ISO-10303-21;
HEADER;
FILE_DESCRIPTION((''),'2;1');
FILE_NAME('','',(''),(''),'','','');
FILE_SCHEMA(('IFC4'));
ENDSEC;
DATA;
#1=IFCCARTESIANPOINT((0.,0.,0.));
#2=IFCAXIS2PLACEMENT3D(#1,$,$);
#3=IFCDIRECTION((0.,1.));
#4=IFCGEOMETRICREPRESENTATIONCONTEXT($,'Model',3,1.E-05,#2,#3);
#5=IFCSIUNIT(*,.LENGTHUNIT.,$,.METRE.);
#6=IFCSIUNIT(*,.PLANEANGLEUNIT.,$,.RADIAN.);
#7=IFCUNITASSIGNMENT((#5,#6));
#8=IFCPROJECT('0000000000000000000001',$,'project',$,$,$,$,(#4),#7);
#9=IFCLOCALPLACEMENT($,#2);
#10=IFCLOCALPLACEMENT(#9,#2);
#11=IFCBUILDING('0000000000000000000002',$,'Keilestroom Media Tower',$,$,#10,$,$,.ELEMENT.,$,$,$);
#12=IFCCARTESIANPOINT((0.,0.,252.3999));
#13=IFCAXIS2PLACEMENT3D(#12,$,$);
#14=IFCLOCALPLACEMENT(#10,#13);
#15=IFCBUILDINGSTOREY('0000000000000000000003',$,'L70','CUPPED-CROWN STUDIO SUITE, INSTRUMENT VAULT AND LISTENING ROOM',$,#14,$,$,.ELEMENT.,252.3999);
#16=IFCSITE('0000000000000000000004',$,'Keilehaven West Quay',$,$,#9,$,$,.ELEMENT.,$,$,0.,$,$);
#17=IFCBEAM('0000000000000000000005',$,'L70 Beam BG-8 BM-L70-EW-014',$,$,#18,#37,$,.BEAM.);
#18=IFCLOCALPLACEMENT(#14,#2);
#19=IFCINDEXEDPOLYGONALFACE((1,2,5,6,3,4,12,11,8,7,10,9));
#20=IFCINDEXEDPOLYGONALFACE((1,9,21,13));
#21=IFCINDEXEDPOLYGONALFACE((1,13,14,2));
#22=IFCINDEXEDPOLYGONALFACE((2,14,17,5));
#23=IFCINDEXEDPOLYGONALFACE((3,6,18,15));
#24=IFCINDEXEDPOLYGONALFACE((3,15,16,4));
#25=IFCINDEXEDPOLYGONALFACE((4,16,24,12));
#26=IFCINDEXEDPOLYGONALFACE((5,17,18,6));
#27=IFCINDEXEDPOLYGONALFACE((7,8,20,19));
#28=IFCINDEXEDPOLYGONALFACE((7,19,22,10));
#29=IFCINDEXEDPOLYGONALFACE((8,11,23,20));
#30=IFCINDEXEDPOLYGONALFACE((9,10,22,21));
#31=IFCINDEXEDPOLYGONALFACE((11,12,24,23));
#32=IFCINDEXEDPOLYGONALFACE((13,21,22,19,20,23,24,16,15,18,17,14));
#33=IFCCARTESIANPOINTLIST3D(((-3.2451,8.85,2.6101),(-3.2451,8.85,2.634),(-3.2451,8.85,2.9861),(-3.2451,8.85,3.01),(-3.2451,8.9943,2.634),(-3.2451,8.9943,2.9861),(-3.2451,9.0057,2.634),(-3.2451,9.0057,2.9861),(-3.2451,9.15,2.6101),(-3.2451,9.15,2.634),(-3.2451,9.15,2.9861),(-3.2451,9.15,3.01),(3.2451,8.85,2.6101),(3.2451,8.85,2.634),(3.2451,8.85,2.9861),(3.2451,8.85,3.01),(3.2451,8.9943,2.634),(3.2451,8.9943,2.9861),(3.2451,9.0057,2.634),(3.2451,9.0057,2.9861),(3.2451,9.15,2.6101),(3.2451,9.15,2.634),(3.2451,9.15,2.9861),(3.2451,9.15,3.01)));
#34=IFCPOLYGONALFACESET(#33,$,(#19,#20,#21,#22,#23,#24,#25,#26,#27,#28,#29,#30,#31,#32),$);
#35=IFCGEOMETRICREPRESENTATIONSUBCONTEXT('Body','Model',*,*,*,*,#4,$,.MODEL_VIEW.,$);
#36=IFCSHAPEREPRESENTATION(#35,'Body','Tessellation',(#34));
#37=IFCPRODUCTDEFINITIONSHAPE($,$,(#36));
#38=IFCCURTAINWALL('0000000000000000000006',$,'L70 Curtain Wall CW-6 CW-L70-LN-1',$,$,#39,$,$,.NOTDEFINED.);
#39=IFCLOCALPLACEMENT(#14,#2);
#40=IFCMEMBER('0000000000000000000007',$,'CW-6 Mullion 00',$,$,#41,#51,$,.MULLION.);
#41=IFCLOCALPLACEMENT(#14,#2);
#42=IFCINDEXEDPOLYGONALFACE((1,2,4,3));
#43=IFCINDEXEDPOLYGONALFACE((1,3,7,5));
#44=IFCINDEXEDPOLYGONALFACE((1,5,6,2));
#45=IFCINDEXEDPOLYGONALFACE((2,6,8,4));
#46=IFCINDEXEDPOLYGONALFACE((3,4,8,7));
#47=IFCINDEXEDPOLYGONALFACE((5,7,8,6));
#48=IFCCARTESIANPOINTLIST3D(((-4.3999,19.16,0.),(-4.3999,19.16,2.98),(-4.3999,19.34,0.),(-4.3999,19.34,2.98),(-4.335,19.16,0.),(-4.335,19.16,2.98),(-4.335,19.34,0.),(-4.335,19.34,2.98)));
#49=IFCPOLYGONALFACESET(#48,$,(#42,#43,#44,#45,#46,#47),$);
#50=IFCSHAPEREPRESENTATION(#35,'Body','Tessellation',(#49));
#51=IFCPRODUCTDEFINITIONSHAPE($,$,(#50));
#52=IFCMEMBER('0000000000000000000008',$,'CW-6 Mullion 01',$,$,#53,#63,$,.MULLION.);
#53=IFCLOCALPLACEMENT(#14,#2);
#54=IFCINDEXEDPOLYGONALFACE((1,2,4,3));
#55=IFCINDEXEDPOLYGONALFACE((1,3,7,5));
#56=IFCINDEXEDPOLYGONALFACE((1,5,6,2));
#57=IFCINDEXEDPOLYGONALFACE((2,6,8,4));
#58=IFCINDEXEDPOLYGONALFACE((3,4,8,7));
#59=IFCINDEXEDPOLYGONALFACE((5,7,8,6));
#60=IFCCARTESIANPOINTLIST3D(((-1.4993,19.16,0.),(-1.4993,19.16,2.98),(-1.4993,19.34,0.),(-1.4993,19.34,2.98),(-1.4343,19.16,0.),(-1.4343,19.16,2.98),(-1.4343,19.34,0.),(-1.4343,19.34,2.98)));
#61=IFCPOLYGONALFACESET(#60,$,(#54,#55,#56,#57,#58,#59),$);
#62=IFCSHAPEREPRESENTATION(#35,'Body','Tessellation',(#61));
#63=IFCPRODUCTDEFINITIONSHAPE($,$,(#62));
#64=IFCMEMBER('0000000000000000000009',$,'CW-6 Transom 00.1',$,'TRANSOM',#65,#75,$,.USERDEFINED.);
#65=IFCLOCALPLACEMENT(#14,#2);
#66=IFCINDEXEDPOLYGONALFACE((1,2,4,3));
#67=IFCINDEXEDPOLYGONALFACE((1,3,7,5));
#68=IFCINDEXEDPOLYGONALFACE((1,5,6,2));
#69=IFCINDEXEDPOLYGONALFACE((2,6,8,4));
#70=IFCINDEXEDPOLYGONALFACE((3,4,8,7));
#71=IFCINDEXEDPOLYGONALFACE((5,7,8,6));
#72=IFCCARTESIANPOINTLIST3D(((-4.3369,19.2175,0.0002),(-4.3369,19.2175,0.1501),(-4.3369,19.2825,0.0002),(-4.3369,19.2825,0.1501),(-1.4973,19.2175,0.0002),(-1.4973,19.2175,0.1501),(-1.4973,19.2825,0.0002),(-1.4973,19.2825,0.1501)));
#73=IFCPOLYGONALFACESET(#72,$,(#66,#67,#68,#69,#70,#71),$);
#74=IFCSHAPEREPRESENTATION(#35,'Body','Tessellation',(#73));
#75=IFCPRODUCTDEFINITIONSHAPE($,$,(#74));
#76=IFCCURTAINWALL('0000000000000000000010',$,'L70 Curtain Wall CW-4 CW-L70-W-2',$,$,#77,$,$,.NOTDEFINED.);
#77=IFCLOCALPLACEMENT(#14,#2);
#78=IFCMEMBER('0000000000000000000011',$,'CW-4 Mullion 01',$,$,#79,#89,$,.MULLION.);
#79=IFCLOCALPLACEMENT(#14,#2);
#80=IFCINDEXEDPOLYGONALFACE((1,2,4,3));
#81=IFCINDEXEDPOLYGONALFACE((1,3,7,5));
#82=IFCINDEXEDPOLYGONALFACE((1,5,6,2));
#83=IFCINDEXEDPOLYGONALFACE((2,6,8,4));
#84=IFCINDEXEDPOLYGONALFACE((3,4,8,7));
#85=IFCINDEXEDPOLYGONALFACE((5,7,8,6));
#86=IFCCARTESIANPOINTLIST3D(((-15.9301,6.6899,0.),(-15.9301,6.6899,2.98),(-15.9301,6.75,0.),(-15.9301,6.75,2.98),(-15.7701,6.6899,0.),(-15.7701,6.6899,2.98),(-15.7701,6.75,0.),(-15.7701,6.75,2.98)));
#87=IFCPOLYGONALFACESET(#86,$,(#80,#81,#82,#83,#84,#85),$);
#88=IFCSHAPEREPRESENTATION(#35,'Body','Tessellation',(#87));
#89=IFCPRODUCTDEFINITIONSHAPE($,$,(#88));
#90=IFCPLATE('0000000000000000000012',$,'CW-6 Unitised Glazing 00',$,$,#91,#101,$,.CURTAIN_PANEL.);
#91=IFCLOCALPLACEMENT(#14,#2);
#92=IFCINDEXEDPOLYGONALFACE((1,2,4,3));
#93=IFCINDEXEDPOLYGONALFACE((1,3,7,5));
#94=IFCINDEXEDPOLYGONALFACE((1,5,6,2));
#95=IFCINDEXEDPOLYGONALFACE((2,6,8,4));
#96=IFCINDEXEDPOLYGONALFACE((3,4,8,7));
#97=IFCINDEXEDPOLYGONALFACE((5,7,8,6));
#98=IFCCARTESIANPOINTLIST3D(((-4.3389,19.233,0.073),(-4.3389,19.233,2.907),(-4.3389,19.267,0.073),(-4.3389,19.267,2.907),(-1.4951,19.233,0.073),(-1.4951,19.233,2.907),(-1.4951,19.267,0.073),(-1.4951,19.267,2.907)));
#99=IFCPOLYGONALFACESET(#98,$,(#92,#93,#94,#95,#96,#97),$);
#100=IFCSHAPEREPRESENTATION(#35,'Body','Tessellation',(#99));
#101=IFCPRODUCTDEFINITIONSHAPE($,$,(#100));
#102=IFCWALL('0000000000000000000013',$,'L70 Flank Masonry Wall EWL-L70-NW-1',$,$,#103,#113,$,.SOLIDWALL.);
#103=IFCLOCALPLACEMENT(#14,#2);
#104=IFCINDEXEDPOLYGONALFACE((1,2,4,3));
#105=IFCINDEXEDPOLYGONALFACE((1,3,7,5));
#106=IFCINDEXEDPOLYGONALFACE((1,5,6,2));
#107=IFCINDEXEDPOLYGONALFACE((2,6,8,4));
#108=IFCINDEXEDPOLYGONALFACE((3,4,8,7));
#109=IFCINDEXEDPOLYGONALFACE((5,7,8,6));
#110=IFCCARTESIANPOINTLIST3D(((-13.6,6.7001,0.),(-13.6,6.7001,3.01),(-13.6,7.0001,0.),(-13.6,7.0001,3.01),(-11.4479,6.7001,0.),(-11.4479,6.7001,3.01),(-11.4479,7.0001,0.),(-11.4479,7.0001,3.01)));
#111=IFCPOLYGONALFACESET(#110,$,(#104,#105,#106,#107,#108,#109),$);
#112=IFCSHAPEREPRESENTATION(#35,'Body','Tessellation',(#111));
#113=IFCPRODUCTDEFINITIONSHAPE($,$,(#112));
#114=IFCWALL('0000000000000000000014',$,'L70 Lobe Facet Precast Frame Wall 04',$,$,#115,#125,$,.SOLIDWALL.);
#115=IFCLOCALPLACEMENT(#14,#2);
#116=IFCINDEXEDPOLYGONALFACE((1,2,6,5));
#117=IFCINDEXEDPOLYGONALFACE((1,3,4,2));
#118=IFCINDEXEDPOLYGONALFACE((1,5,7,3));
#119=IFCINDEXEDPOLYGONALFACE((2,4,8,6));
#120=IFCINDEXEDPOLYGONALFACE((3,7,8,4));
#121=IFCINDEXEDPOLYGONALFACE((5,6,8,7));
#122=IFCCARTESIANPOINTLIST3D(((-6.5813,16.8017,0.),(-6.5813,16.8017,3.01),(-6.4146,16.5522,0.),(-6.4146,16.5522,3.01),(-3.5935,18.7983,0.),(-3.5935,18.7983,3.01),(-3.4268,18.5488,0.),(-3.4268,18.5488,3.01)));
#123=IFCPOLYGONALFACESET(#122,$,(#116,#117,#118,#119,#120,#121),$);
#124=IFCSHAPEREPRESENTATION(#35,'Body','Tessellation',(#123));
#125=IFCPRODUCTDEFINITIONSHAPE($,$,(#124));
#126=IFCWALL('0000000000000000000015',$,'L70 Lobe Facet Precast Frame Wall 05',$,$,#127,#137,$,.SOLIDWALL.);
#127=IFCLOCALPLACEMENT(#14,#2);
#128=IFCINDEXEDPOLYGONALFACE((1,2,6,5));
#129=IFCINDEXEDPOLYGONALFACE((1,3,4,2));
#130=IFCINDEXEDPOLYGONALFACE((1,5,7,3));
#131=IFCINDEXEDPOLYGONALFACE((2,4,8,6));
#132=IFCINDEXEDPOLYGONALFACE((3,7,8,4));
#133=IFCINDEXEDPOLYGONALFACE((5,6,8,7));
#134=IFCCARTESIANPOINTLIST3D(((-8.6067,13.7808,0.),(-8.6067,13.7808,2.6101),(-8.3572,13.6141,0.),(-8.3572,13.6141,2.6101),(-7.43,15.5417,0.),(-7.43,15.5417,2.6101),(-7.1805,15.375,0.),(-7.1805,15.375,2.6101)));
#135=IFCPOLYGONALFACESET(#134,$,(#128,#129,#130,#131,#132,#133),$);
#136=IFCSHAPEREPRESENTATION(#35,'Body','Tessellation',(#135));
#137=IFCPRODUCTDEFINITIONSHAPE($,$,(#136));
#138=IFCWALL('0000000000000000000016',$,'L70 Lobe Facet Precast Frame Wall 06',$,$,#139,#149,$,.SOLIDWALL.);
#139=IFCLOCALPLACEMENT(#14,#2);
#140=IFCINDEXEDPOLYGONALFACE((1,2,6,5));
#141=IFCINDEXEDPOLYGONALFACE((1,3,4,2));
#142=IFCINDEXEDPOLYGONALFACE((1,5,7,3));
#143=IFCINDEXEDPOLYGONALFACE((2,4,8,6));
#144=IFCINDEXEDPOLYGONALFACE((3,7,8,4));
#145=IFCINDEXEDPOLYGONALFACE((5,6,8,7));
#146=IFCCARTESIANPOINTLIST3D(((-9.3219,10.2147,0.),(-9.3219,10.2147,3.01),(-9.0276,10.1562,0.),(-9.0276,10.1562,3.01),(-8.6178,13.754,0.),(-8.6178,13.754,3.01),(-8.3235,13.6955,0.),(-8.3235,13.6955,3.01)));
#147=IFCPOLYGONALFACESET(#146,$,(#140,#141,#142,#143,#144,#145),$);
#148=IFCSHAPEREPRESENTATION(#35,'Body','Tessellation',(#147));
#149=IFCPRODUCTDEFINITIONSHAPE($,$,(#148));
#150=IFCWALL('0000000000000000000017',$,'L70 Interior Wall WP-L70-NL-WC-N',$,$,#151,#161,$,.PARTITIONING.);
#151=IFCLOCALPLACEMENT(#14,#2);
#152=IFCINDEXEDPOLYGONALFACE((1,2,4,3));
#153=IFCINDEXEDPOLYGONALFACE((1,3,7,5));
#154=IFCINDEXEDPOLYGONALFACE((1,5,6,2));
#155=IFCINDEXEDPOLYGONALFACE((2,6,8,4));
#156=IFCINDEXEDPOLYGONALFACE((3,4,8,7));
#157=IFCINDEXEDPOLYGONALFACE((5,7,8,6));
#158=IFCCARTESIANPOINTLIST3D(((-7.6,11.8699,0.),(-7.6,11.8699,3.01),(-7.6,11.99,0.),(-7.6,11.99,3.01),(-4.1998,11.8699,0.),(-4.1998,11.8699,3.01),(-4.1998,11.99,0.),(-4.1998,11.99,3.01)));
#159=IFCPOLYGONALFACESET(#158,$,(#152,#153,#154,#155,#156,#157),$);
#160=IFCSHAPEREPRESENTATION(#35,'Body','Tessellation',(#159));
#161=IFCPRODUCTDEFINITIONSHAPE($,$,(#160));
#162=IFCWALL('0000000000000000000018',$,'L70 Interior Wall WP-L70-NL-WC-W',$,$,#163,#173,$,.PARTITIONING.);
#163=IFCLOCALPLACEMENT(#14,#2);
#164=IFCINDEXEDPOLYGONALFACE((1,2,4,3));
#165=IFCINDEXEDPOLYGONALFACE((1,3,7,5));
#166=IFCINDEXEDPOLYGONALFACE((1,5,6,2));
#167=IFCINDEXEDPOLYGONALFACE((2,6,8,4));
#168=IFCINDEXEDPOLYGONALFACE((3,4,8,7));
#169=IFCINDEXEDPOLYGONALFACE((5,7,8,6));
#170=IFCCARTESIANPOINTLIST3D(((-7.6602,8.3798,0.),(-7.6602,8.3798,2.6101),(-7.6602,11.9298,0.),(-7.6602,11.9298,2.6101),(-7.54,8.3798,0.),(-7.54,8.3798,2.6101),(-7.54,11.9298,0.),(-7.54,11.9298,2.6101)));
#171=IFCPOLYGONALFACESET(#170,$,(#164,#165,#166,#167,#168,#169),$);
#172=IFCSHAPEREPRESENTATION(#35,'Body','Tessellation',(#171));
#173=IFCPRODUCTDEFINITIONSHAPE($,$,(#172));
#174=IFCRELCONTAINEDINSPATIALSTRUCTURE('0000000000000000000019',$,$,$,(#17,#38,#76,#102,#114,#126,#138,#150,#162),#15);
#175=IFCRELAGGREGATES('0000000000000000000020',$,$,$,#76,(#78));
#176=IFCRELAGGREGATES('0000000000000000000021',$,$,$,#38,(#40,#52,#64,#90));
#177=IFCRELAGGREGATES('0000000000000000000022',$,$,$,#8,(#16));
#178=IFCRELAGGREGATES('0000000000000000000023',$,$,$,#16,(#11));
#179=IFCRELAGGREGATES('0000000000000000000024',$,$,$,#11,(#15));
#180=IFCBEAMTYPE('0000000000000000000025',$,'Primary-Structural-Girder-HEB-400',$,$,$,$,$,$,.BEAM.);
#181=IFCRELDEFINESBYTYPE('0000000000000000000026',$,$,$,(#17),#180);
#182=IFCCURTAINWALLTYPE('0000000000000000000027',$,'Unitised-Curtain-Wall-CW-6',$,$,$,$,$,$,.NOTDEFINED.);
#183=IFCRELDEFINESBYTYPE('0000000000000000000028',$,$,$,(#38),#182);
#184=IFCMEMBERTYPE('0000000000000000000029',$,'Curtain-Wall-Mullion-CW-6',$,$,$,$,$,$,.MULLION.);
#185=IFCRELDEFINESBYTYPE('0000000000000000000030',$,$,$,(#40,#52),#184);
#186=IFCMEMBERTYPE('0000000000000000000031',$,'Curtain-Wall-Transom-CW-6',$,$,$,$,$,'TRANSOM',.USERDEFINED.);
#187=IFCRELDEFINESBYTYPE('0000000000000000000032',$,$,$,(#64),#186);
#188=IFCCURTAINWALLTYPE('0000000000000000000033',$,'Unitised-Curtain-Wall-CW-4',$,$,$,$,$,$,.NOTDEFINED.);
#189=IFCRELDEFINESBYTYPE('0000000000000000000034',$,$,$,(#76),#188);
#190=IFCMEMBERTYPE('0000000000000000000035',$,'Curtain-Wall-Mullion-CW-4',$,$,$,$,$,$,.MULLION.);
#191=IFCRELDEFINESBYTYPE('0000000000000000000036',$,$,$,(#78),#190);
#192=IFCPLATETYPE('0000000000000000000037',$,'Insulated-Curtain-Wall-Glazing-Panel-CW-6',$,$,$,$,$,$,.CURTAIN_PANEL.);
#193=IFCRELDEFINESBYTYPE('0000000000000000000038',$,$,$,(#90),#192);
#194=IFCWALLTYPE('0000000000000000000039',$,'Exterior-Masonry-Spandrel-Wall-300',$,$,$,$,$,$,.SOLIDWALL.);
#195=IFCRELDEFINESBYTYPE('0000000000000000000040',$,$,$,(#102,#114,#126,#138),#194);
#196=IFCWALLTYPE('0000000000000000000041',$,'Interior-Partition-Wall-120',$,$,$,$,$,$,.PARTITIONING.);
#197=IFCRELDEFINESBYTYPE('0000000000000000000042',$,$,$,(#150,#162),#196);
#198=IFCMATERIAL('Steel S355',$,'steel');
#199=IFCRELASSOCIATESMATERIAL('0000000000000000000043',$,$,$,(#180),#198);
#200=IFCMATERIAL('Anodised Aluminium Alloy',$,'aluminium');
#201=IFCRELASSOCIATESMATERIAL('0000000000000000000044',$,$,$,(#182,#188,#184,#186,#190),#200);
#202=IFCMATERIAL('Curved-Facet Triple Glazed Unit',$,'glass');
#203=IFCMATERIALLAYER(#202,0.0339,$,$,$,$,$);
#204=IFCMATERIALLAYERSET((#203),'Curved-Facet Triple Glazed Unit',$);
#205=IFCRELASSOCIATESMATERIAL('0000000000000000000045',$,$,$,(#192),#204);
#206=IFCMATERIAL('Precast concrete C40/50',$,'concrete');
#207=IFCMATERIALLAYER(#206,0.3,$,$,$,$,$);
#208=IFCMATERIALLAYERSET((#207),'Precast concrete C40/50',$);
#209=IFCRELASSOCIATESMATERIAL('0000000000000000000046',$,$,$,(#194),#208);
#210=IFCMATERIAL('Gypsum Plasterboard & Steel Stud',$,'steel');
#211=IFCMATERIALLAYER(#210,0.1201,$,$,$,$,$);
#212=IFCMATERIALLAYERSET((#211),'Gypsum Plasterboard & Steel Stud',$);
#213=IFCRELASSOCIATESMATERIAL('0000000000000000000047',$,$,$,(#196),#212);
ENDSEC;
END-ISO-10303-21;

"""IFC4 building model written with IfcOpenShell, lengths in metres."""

from ifc_helpers import new_model, si_unit, direction, frame, frame_2d, origin, origin_2d, place, context, subcontext, project, spatial, rectangle, i_section, extrude, source, transform, mapped, material, layer, layer_set, material_profile, profile_set, type_object, element, aggregate, save


model = new_model("IFC4")

# Units and contexts
model_context = context("Model", 3, precision=1e-05, world=origin(), true_north=direction((0.0, 1.0)))
body_context = subcontext(model_context, "Body", "Model", "MODEL_VIEW")
ifc_project = project(units=[si_unit("LENGTHUNIT", "METRE"), si_unit("PLANEANGLEUNIT", "RADIAN")], contexts=[model_context])

# Site, building, storey
site_placement = place(None, origin())
site = spatial("IfcSite", under=ifc_project, at=site_placement, Name="Keilehaven West Quay", CompositionType="ELEMENT", RefElevation=0.0)
building_placement = place(site_placement, origin())
building = spatial("IfcBuilding", under=site, at=building_placement, Name="Keilestroom Media Tower", CompositionType="ELEMENT")
storey_placement = place(building_placement, frame((0.0, 0.0, 252.3999)))
storey = spatial("IfcBuildingStorey", under=building, at=storey_placement, Name="L70", Description="CUPPED-CROWN STUDIO SUITE, INSTRUMENT VAULT AND LISTENING ROOM", CompositionType="ELEMENT", Elevation=252.3999)

# Shared definitions
ifc_material_1 = material(Name="Steel S355", Category="steel")

# Beam
ifc_material_profile_1 = material_profile(ifc_material_1, i_section(OverallWidth=0.3, OverallDepth=0.3999, WebThickness=0.0115, FlangeThickness=0.0239, at=origin_2d()), Name="HEB 400")
ifc_profile_set_1 = profile_set([ifc_material_profile_1], Name="Steel S355")
beam_type = type_object("IfcBeamType", Name="Primary-Structural-Girder-HEB-400", PredefinedType="BEAM", material=ifc_profile_set_1)
shared_shape_1 = source(origin(), body_context, "Body", "SweptSolid", [
    extrude(i_section(OverallWidth=0.3, OverallDepth=0.3999, WebThickness=0.0115, FlangeThickness=0.0239, at=origin_2d()), origin(), (0.0, 0.0, 1.0), 6.4902),
])
beam_1_placement = place(storey_placement, frame((-3.2451, 9.0, 2.8101), z_axis=(1.0, 0.0, 0.0), x_axis=(0.0, 1.0, 0.0)))
element("IfcBeam", 1, at=beam_1_placement, inside=storey, type_object=beam_type, Name="L70 Beam BG-8 BM-L70-EW-014", PredefinedType="BEAM", context=body_context, shape_type="MappedRepresentation", body=[
    mapped(shared_shape_1, transform((0.0, 0.0, 0.0), x_axis=(1.0, 0.0, 0.0), y_axis=(0.0, 1.0, 0.0), z_axis=(0.0, 0.0, 1.0), scale=1.0)),
])

# Curtain wall, members
ifc_material_2 = material(Name="Anodised Aluminium Alloy", Category="aluminium")
curtain_wall_type_1 = type_object("IfcCurtainWallType", Name="Unitised-Curtain-Wall-CW-6", PredefinedType="NOTDEFINED", material=ifc_material_2)
curtain_wall_1_placement = place(storey_placement, origin())
curtain_wall_1 = element("IfcCurtainWall", 2, at=curtain_wall_1_placement, inside=storey, type_object=curtain_wall_type_1, Name="L70 Curtain Wall CW-6 CW-L70-LN-1", PredefinedType="NOTDEFINED")
ifc_material_profile_2 = material_profile(ifc_material_2, rectangle(XDim=0.0649, YDim=0.1799, at=origin_2d()), Name="ALU MULLION 65x180")
ifc_profile_set_2 = profile_set([ifc_material_profile_2], Name="Anodised Aluminium Alloy")
member_type_1 = type_object("IfcMemberType", Name="Curtain-Wall-Mullion-CW-6", PredefinedType="MULLION", material=ifc_profile_set_2)
shared_shape_2 = source(origin(), body_context, "Body", "SweptSolid", [
    extrude(rectangle(XDim=0.0649, YDim=0.1799, at=origin_2d()), origin(), (0.0, 0.0, 1.0), 2.98),
])
member_1_placement = place(storey_placement, frame((-4.3674, 19.25, 0.0), z_axis=(0.0, 0.0, 1.0), x_axis=(1.0, 0.0, 0.0)))
member_1 = element("IfcMember", 3, at=member_1_placement, type_object=member_type_1, Name="CW-6 Mullion 00", PredefinedType="MULLION", context=body_context, shape_type="MappedRepresentation", body=[
    mapped(shared_shape_2, transform((0.0, 0.0, 0.0), x_axis=(1.0, 0.0, 0.0), y_axis=(0.0, 1.0, 0.0), z_axis=(0.0, 0.0, 1.0), scale=1.0)),
])
member_2_placement = place(storey_placement, frame((-1.4668, 19.25, 0.0), z_axis=(0.0, 0.0, 1.0), x_axis=(1.0, 0.0, 0.0)))
member_2 = element("IfcMember", 4, at=member_2_placement, type_object=member_type_1, Name="CW-6 Mullion 01", PredefinedType="MULLION", context=body_context, shape_type="MappedRepresentation", body=[
    mapped(shared_shape_2, transform((0.0, 0.0, 0.0), x_axis=(1.0, 0.0, 0.0), y_axis=(0.0, 1.0, 0.0), z_axis=(0.0, 0.0, 1.0), scale=1.0)),
])
ifc_material_profile_3 = material_profile(ifc_material_2, rectangle(XDim=0.0649, YDim=0.1499, at=origin_2d()), Name="ALU TRANSOM 65x150")
ifc_profile_set_3 = profile_set([ifc_material_profile_3], Name="Anodised Aluminium Alloy")
member_type_2 = type_object("IfcMemberType", Name="Curtain-Wall-Transom-CW-6", ElementType="TRANSOM", PredefinedType="USERDEFINED", material=ifc_profile_set_3)
shared_shape_3 = source(origin(), body_context, "Body", "SweptSolid", [
    extrude(rectangle(XDim=0.0649, YDim=0.1499, at=origin_2d()), origin(), (0.0, 0.0, 1.0), 2.8396),
])
member_3_placement = place(storey_placement, frame((-4.3369, 19.25, 0.0752), z_axis=(1.0, 0.0, 0.0), x_axis=(0.0, 1.0, 0.0)))
member_3 = element("IfcMember", 5, at=member_3_placement, type_object=member_type_2, Name="CW-6 Transom 00.1", ObjectType="TRANSOM", PredefinedType="USERDEFINED", context=body_context, shape_type="MappedRepresentation", body=[
    mapped(shared_shape_3, transform((0.0, 0.0, 0.0), x_axis=(1.0, 0.0, 0.0), y_axis=(0.0, 1.0, 0.0), z_axis=(0.0, 0.0, 1.0), scale=1.0)),
])

# Curtain wall, member
curtain_wall_type_2 = type_object("IfcCurtainWallType", Name="Unitised-Curtain-Wall-CW-4", PredefinedType="NOTDEFINED", material=ifc_material_2)
curtain_wall_2_placement = place(storey_placement, origin())
curtain_wall_2 = element("IfcCurtainWall", 6, at=curtain_wall_2_placement, inside=storey, type_object=curtain_wall_type_2, Name="L70 Curtain Wall CW-4 CW-L70-W-2", PredefinedType="NOTDEFINED")
ifc_material_profile_4 = material_profile(ifc_material_2, rectangle(XDim=0.0601, YDim=0.1599, at=origin_2d()), Name="ALU MULLION 60x160")
ifc_profile_set_4 = profile_set([ifc_material_profile_4], Name="Anodised Aluminium Alloy")
member_type_3 = type_object("IfcMemberType", Name="Curtain-Wall-Mullion-CW-4", PredefinedType="MULLION", material=ifc_profile_set_4)
shared_shape_4 = source(origin(), body_context, "Body", "SweptSolid", [
    extrude(rectangle(XDim=0.0601, YDim=0.1599, at=origin_2d()), origin(), (0.0, 0.0, 1.0), 2.98),
])
member_4_placement = place(storey_placement, frame((-15.8501, 6.72, 0.0), z_axis=(0.0, 0.0, 1.0), x_axis=(0.0, 1.0, 0.0)))
member_4 = element("IfcMember", 7, at=member_4_placement, type_object=member_type_3, Name="CW-4 Mullion 01", PredefinedType="MULLION", context=body_context, shape_type="MappedRepresentation", body=[
    mapped(shared_shape_4, transform((0.0, 0.0, 0.0), x_axis=(1.0, 0.0, 0.0), y_axis=(0.0, 1.0, 0.0), z_axis=(0.0, 0.0, 1.0), scale=1.0)),
])
aggregate(curtain_wall_2, [member_4])

# Plate
ifc_material_3 = material(Name="Curved-Facet Triple Glazed Unit", Category="glass")
ifc_layer_1 = layer(ifc_material_3, 0.0339)
ifc_layer_set_1 = layer_set([ifc_layer_1], Name="Curved-Facet Triple Glazed Unit")
plate_type = type_object("IfcPlateType", Name="Insulated-Curtain-Wall-Glazing-Panel-CW-6", PredefinedType="CURTAIN_PANEL", material=ifc_layer_set_1)
shared_shape_5 = source(origin(), body_context, "Body", "SweptSolid", [
    extrude(rectangle(XDim=2.8438, YDim=0.0339, at=origin_2d()), origin(), (0.0, 0.0, 1.0), 2.834),
])
plate_placement = place(storey_placement, frame((-2.917, 19.25, 0.073), z_axis=(0.0, 0.0, 1.0), x_axis=(1.0, 0.0, 0.0)))
plate = element("IfcPlate", 8, at=plate_placement, type_object=plate_type, Name="CW-6 Unitised Glazing 00", PredefinedType="CURTAIN_PANEL", context=body_context, shape_type="MappedRepresentation", body=[
    mapped(shared_shape_5, transform((0.0, 0.0, 0.0), x_axis=(1.0, 0.0, 0.0), y_axis=(0.0, 1.0, 0.0), z_axis=(0.0, 0.0, 1.0), scale=1.0)),
])
aggregate(curtain_wall_1, [member_1, member_2, member_3, plate])

# Walls
ifc_material_4 = material(Name="Precast concrete C40/50", Category="concrete")
ifc_layer_2 = layer(ifc_material_4, 0.3)
ifc_layer_set_2 = layer_set([ifc_layer_2], Name="Precast concrete C40/50")
wall_type_1 = type_object("IfcWallType", Name="Exterior-Masonry-Spandrel-Wall-300", PredefinedType="SOLIDWALL", material=ifc_layer_set_2)
wall_1_placement = place(storey_placement, frame((-13.6001, 6.8501, 0.0), z_axis=(0.0, 0.0, 1.0), x_axis=(1.0, 0.0, 0.0)))
element("IfcWall", 9, at=wall_1_placement, inside=storey, type_object=wall_type_1, Name="L70 Flank Masonry Wall EWL-L70-NW-1", PredefinedType="SOLIDWALL", context=body_context, shape_type="SweptSolid", body=[
    extrude(rectangle(XDim=2.1521, YDim=0.3, at=frame_2d((1.0762, 0.0))), origin(), (0.0, 0.0, 1.0), 3.01),
])
wall_2_placement = place(storey_placement, frame((-3.51, 18.6736, 0.0), z_axis=(0.0, 0.0, 1.0), x_axis=(-0.831444, -0.555609, 0.0)))
element("IfcWall", 10, at=wall_2_placement, inside=storey, type_object=wall_type_1, Name="L70 Lobe Facet Precast Frame Wall 04", PredefinedType="SOLIDWALL", context=body_context, shape_type="SweptSolid", body=[
    extrude(rectangle(XDim=3.5935, YDim=0.3, at=frame_2d((1.7969, 0.0))), origin(), (0.0, 0.0, 1.0), 3.01),
])
wall_3_placement = place(storey_placement, frame((-7.3052, 15.4585, 0.0), z_axis=(0.0, 0.0, 1.0), x_axis=(-0.555604, -0.831447, 0.0)))
element("IfcWall", 11, at=wall_3_placement, inside=storey, type_object=wall_type_1, Name="L70 Lobe Facet Precast Frame Wall 05", PredefinedType="SOLIDWALL", context=body_context, shape_type="SweptSolid", body=[
    extrude(rectangle(XDim=2.1179, YDim=0.3, at=frame_2d((1.0591, 0.0))), origin(), (0.0, 0.0, 1.0), 2.6101),
])
wall_4_placement = place(storey_placement, frame((-8.4707, 13.7246, 0.0), z_axis=(0.0, 0.0, 1.0), x_axis=(-0.195114, -0.980781, 0.0)))
element("IfcWall", 12, at=wall_4_placement, inside=storey, type_object=wall_type_1, Name="L70 Lobe Facet Precast Frame Wall 06", PredefinedType="SOLIDWALL", context=body_context, shape_type="SweptSolid", body=[
    extrude(rectangle(XDim=3.6086, YDim=0.3, at=frame_2d((1.8042, 0.0))), origin(), (0.0, 0.0, 1.0), 3.01),
])
ifc_material_5 = material(Name="Gypsum Plasterboard & Steel Stud", Category="steel")
ifc_layer_3 = layer(ifc_material_5, 0.1201)
ifc_layer_set_3 = layer_set([ifc_layer_3], Name="Gypsum Plasterboard & Steel Stud")
wall_type_2 = type_object("IfcWallType", Name="Interior-Partition-Wall-120", PredefinedType="PARTITIONING", material=ifc_layer_set_3)
wall_5_placement = place(storey_placement, frame((-7.6001, 11.9299, 0.0), z_axis=(0.0, 0.0, 1.0), x_axis=(1.0, 0.0, 0.0)))
element("IfcWall", 13, at=wall_5_placement, inside=storey, type_object=wall_type_2, Name="L70 Interior Wall WP-L70-NL-WC-N", PredefinedType="PARTITIONING", context=body_context, shape_type="SweptSolid", body=[
    extrude(rectangle(XDim=3.4001, YDim=0.1201, at=frame_2d((1.7002, 0.0))), origin(), (0.0, 0.0, 1.0), 3.01),
])
for number, where, z_axis, x_axis, name in (
    (14, (-7.6001, 8.3799, 0.0), (0.0, 0.0, 1.0), (0.0, 1.0, 0.0), "L70 Interior Wall WP-L70-NL-WC-W"),
):
    element("IfcWall", number, at=place(storey_placement, frame(where, z_axis=z_axis, x_axis=x_axis)), inside=storey, type_object=wall_type_2, Name=name, PredefinedType="PARTITIONING", context=body_context, shape_type="SweptSolid", body=[
        extrude(rectangle(XDim=3.55, YDim=0.1201, at=frame_2d((1.7749, 0.0))), origin(), (0.0, 0.0, 1.0), 2.6101),
    ])

save(model, "model.ifc")
